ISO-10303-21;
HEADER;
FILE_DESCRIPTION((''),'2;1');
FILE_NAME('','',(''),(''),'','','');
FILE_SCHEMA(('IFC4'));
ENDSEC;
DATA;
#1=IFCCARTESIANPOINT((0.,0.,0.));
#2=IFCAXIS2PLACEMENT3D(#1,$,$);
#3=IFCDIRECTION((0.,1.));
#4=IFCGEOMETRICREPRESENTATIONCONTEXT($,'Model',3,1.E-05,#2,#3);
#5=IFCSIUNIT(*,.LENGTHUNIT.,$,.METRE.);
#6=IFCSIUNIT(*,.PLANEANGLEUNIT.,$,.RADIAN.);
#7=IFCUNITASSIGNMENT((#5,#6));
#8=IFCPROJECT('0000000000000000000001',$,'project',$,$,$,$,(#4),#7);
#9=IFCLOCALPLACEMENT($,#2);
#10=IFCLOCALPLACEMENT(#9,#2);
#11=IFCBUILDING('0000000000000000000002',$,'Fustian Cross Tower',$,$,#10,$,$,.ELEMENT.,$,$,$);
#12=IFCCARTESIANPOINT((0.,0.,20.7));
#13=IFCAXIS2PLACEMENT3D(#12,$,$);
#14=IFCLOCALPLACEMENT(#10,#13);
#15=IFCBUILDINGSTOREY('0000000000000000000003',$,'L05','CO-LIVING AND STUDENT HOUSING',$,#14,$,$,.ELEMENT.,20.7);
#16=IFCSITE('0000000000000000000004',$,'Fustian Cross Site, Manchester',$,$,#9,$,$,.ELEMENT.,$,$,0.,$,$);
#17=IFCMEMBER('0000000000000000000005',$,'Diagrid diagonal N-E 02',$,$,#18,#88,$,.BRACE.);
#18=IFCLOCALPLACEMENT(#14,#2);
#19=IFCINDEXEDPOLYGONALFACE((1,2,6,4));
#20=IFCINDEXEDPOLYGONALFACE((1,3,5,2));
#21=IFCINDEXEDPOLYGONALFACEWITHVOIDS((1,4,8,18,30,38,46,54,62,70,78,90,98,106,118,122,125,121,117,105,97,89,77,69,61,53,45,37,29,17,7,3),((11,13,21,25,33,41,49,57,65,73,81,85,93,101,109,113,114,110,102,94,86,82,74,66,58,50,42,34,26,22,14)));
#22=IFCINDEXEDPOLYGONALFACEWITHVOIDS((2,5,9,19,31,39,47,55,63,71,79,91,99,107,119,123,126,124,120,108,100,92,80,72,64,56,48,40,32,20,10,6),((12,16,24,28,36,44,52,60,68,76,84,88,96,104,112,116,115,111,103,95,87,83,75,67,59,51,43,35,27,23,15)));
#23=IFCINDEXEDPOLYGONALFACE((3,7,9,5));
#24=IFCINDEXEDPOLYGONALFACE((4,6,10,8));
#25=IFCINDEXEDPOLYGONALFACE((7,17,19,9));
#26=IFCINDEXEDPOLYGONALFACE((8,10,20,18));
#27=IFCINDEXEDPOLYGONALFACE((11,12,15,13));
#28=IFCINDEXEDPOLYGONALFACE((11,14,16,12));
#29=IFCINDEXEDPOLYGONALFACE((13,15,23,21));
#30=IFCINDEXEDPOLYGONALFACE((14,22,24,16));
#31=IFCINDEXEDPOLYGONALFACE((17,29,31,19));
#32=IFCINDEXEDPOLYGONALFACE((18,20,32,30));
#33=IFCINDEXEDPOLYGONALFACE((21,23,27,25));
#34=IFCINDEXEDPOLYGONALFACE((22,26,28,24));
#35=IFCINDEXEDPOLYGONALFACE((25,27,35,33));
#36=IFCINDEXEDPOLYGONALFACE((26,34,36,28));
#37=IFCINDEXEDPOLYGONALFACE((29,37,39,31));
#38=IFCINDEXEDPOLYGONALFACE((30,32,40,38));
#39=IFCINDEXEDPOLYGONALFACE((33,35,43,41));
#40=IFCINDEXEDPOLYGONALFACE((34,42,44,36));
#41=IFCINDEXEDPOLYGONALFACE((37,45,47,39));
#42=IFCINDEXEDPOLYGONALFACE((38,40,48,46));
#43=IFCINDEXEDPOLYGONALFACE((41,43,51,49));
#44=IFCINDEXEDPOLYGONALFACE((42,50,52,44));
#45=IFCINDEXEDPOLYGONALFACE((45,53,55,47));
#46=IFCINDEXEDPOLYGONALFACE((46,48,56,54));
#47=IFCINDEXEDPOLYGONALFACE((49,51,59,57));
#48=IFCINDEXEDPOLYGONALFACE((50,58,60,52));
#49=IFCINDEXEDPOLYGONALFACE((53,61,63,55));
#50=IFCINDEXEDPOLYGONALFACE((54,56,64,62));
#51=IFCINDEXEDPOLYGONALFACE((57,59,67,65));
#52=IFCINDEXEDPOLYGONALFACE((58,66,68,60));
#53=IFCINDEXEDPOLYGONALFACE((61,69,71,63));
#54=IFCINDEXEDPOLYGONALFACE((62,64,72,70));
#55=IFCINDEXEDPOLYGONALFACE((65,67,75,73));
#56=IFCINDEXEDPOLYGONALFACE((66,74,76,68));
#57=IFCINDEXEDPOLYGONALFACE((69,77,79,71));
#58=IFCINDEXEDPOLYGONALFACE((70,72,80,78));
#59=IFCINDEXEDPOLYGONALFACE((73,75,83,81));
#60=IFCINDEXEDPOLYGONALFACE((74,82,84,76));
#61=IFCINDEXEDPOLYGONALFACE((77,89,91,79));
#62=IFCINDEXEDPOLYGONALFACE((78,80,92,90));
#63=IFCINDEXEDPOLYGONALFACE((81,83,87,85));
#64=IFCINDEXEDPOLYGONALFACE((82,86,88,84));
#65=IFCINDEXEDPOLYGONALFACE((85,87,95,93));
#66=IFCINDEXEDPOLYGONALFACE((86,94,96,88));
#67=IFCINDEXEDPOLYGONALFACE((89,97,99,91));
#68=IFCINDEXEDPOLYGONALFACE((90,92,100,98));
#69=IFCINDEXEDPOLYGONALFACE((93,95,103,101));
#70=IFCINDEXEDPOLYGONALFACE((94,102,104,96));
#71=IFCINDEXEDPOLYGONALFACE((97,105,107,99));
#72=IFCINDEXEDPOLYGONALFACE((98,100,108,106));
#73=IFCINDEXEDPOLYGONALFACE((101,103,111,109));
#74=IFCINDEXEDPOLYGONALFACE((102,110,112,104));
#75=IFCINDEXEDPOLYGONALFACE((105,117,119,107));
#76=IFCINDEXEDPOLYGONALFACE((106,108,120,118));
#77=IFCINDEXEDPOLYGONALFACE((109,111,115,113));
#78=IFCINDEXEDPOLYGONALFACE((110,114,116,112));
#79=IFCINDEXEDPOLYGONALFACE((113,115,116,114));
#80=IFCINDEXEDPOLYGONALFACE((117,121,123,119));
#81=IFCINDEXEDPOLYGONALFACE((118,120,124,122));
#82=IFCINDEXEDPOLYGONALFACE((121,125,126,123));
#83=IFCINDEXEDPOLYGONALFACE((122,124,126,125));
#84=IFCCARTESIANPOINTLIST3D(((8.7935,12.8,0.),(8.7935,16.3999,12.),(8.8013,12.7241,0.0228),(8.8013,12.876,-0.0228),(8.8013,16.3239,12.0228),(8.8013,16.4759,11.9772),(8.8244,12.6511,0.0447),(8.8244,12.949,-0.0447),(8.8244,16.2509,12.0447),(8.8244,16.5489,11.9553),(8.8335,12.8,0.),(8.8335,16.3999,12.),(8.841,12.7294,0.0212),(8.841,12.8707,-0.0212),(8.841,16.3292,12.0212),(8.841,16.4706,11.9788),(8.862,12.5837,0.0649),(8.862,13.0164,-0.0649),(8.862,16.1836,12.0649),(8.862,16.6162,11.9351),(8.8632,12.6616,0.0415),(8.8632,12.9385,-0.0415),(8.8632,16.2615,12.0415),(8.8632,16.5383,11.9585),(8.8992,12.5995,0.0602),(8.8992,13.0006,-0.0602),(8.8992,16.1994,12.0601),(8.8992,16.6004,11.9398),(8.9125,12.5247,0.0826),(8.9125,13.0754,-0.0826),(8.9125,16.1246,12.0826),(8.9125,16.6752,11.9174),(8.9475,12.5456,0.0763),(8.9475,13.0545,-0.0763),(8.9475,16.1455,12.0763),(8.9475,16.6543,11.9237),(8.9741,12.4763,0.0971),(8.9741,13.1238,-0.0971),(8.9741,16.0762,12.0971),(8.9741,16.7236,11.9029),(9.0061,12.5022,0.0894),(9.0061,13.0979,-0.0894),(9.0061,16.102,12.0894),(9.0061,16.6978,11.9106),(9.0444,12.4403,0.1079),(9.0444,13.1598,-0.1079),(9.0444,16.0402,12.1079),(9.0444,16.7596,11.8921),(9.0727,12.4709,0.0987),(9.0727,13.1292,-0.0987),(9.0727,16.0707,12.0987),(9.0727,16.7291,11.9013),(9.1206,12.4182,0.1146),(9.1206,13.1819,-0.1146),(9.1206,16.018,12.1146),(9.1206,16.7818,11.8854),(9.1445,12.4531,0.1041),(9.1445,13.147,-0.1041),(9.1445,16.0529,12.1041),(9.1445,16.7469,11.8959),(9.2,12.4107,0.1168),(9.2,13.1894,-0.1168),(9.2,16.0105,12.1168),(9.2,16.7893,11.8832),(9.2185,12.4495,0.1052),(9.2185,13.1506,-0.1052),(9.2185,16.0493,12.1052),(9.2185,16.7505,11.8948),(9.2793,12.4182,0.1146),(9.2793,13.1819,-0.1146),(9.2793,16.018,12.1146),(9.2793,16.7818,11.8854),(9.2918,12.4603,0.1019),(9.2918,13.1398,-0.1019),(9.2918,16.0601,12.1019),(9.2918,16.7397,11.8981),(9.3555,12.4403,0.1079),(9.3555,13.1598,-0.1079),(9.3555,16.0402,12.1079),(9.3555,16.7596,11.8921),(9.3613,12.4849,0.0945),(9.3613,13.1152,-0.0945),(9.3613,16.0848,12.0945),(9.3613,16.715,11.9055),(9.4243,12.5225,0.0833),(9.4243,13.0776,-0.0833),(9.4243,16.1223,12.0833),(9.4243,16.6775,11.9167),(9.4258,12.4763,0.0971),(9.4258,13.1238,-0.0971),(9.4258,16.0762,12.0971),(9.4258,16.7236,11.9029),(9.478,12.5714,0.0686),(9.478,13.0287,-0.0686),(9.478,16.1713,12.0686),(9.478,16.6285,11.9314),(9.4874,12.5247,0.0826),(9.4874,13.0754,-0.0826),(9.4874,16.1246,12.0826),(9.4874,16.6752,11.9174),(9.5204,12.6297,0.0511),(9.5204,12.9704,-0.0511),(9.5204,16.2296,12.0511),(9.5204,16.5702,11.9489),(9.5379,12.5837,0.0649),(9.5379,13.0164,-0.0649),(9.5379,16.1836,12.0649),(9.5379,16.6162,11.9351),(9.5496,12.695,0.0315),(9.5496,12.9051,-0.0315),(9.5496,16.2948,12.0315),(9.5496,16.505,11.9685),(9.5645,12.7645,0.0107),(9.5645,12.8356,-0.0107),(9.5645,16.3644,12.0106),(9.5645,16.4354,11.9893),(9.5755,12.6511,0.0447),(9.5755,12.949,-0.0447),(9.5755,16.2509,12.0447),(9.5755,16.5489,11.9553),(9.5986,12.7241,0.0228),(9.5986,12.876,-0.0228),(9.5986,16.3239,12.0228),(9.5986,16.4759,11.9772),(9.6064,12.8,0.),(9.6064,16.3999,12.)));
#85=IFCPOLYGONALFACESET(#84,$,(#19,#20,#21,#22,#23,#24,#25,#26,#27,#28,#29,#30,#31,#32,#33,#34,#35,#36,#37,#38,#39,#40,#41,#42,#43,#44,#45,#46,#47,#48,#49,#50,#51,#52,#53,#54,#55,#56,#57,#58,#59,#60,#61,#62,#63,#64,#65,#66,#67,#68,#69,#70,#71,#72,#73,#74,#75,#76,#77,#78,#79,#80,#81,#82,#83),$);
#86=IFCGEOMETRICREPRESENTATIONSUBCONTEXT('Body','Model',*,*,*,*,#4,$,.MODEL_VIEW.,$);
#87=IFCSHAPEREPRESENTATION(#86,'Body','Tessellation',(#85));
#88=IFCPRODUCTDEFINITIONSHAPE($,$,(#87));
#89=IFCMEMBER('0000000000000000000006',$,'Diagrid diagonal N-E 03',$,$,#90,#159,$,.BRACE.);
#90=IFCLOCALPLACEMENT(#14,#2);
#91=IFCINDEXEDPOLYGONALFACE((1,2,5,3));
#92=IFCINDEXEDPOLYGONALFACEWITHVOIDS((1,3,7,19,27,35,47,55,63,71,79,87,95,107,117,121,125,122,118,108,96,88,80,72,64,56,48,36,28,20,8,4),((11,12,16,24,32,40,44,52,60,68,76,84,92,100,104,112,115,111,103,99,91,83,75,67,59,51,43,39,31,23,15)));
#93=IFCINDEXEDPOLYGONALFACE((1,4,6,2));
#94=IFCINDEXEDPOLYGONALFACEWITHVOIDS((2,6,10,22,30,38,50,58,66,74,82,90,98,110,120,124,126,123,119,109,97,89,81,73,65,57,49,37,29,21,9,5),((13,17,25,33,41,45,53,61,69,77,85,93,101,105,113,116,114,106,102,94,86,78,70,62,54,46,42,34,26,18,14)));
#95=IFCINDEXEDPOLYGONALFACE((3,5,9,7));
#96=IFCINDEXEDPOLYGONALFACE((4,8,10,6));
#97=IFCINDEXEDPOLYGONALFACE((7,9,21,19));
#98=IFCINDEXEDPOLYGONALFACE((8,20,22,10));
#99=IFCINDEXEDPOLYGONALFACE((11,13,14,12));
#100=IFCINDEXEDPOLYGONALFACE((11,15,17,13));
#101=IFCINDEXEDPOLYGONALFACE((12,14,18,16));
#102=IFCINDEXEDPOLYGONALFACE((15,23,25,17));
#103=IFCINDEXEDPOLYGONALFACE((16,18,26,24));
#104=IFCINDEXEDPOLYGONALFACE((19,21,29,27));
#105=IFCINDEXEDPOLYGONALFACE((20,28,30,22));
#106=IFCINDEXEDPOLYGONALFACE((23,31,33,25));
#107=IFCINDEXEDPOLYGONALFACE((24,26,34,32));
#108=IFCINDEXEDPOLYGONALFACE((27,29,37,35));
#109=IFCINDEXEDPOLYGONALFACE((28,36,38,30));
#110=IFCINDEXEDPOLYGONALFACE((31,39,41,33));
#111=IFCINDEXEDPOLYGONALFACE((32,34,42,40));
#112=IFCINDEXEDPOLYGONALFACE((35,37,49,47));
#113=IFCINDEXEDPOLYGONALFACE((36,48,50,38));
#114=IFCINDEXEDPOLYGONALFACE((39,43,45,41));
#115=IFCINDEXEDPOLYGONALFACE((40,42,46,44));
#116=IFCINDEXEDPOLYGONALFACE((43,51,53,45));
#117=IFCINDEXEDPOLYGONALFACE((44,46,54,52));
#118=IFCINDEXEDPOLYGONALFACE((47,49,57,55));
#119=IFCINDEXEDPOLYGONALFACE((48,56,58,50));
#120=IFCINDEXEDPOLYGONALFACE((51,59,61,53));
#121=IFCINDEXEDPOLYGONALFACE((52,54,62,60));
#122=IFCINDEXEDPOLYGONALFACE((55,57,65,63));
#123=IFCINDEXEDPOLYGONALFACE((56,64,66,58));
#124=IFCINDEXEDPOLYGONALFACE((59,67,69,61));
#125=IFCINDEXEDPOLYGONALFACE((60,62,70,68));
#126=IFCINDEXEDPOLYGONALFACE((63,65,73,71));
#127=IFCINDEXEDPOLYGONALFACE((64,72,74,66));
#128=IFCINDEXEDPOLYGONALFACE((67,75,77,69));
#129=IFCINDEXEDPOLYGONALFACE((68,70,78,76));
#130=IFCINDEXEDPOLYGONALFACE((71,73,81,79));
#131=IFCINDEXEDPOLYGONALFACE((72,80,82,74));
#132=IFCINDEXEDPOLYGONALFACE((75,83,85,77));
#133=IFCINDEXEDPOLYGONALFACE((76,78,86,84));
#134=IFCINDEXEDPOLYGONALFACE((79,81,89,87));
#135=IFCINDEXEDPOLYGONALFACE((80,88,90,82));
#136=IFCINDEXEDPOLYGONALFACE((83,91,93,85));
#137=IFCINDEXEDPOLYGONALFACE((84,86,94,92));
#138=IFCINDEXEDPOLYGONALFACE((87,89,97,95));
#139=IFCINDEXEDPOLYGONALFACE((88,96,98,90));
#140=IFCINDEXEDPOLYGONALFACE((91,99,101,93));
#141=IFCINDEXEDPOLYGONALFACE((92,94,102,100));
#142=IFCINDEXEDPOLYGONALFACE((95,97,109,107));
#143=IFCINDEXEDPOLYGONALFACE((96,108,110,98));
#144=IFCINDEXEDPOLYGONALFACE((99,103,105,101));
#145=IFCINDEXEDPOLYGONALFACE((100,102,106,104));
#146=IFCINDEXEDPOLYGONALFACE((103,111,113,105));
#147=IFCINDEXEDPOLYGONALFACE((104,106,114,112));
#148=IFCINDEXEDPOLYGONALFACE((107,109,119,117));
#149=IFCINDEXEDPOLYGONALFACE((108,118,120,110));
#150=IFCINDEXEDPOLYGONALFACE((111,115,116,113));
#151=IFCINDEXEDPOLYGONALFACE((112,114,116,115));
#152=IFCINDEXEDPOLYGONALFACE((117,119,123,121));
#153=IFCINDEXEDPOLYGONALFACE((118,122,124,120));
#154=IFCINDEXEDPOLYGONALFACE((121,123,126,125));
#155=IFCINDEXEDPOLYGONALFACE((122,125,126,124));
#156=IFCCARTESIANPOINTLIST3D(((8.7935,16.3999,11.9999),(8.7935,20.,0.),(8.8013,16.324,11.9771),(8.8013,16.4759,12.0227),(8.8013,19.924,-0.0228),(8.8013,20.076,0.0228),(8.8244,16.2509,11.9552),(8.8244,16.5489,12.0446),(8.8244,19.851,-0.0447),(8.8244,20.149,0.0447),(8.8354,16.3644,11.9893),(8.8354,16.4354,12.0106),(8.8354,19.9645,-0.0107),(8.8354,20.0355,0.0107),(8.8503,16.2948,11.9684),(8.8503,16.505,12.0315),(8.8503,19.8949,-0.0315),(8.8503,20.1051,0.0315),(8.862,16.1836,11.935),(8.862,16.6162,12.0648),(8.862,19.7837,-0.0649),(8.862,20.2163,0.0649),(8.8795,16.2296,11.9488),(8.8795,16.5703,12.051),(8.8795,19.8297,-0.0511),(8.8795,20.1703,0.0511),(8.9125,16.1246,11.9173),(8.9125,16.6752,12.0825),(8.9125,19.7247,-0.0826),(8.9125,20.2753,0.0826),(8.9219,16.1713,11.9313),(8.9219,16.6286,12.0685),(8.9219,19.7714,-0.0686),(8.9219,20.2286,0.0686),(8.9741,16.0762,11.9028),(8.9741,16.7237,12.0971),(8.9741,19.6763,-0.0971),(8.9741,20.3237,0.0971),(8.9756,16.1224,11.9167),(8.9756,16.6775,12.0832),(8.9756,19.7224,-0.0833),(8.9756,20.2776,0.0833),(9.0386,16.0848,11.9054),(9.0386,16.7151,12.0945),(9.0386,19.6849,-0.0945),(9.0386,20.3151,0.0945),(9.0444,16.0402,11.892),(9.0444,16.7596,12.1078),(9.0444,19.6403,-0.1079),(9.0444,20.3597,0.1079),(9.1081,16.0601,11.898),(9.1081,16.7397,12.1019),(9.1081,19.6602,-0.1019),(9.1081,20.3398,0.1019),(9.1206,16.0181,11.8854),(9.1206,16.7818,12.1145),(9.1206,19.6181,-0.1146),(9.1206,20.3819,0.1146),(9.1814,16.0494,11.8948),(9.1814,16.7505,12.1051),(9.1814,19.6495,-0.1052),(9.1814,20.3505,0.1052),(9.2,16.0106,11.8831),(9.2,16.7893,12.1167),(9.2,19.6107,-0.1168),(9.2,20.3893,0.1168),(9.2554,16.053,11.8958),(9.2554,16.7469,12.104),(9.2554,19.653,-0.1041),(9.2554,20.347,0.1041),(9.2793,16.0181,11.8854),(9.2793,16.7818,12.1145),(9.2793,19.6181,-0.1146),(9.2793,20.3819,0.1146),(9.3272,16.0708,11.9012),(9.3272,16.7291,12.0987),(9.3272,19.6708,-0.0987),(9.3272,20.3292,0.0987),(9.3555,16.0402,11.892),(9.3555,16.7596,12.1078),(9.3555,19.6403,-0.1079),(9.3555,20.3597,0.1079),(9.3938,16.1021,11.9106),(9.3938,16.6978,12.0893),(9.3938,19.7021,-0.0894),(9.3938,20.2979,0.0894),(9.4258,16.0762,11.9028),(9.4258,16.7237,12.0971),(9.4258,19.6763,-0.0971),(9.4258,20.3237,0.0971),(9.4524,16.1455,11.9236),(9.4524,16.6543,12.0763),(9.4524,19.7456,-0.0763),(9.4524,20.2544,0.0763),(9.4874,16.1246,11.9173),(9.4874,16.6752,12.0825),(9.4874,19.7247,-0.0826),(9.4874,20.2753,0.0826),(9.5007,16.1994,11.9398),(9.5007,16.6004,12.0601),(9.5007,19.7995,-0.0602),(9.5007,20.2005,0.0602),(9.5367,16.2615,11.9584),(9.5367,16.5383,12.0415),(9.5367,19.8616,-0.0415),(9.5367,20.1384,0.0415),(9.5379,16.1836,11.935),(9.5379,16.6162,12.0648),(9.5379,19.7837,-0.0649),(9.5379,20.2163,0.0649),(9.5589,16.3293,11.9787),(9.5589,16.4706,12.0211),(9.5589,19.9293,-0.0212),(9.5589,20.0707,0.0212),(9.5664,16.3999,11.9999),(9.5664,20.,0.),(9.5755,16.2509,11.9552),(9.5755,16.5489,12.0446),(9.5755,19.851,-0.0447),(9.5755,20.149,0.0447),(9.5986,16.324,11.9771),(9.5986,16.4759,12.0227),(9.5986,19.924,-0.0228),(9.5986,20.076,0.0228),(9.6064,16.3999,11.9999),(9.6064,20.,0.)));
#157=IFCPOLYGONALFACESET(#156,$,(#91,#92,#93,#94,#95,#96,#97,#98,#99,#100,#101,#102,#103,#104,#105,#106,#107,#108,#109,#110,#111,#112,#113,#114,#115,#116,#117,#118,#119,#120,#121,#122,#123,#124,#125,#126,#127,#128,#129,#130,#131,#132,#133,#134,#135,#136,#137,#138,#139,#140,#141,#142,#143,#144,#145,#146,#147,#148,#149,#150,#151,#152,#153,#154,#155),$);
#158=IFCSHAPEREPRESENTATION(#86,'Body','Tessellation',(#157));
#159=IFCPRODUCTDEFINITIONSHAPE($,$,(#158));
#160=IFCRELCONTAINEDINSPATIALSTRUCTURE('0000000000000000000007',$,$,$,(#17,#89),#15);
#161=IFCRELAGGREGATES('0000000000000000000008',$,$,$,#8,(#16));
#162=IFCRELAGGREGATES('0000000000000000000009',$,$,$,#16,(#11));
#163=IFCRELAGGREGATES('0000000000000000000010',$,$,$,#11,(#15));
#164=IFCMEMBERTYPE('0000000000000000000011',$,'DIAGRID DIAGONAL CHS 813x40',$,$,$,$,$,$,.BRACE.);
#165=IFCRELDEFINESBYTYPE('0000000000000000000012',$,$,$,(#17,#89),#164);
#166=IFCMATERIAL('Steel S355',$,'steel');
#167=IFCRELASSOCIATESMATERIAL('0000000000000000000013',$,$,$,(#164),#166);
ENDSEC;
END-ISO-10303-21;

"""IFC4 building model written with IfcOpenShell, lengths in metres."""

from ifc_helpers import new_model, si_unit, direction, frame, origin, origin_2d, place, context, subcontext, project, spatial, hollow_circle, extrude, material, material_profile, profile_set, type_object, element, save


model = new_model("IFC4")

# Units and contexts
model_context = context("Model", 3, precision=1e-05, world=origin(), true_north=direction((0.0, 1.0)))
body_context = subcontext(model_context, "Body", "Model", "MODEL_VIEW")
ifc_project = project(units=[si_unit("LENGTHUNIT", "METRE"), si_unit("PLANEANGLEUNIT", "RADIAN")], contexts=[model_context])

# Site, building, storey
site_placement = place(None, origin())
site = spatial("IfcSite", under=ifc_project, at=site_placement, Name="Fustian Cross Site, Manchester", CompositionType="ELEMENT", RefElevation=0.0)
building_placement = place(site_placement, origin())
building = spatial("IfcBuilding", under=site, at=building_placement, Name="Fustian Cross Tower", CompositionType="ELEMENT")
storey_placement = place(building_placement, frame((0.0, 0.0, 20.7)))
storey = spatial("IfcBuildingStorey", under=building, at=storey_placement, Name="L05", Description="CO-LIVING AND STUDENT HOUSING", CompositionType="ELEMENT", Elevation=20.7)

# Members
ifc_material_1 = material(Name="Steel S355", Category="steel")
ifc_material_profile_1 = material_profile(ifc_material_1, hollow_circle(Radius=0.4065, WallThickness=0.04, at=origin_2d()), Name="CHS 813x40")
ifc_profile_set_1 = profile_set([ifc_material_profile_1], Name="Steel S355")
member_type_1 = type_object("IfcMemberType", Name="DIAGRID DIAGONAL CHS 813x40", PredefinedType="BRACE", material=ifc_profile_set_1)
for number, where, z_axis, x_axis, name in (
    (1, (9.2, 12.8, 0.0), (0.0, 0.287337, 0.95783), (-1.0, 0.0, 0.0), "Diagrid diagonal N-E 02"),
    (2, (9.2, 20.0, 0.0), (0.0, -0.287355, 0.957824), (1.0, 0.0, 0.0), "Diagrid diagonal N-E 03"),
):
    element("IfcMember", number, at=place(storey_placement, frame(where, z_axis=z_axis, x_axis=x_axis)), inside=storey, type_object=member_type_1, Name=name, PredefinedType="BRACE", context=body_context, shape_type="SweptSolid", body=[
        extrude(hollow_circle(Radius=0.4065, WallThickness=0.04, at=origin_2d()), origin(), (0.0, 0.0, 1.0), 12.5283),
    ])

save(model, "model.ifc")
